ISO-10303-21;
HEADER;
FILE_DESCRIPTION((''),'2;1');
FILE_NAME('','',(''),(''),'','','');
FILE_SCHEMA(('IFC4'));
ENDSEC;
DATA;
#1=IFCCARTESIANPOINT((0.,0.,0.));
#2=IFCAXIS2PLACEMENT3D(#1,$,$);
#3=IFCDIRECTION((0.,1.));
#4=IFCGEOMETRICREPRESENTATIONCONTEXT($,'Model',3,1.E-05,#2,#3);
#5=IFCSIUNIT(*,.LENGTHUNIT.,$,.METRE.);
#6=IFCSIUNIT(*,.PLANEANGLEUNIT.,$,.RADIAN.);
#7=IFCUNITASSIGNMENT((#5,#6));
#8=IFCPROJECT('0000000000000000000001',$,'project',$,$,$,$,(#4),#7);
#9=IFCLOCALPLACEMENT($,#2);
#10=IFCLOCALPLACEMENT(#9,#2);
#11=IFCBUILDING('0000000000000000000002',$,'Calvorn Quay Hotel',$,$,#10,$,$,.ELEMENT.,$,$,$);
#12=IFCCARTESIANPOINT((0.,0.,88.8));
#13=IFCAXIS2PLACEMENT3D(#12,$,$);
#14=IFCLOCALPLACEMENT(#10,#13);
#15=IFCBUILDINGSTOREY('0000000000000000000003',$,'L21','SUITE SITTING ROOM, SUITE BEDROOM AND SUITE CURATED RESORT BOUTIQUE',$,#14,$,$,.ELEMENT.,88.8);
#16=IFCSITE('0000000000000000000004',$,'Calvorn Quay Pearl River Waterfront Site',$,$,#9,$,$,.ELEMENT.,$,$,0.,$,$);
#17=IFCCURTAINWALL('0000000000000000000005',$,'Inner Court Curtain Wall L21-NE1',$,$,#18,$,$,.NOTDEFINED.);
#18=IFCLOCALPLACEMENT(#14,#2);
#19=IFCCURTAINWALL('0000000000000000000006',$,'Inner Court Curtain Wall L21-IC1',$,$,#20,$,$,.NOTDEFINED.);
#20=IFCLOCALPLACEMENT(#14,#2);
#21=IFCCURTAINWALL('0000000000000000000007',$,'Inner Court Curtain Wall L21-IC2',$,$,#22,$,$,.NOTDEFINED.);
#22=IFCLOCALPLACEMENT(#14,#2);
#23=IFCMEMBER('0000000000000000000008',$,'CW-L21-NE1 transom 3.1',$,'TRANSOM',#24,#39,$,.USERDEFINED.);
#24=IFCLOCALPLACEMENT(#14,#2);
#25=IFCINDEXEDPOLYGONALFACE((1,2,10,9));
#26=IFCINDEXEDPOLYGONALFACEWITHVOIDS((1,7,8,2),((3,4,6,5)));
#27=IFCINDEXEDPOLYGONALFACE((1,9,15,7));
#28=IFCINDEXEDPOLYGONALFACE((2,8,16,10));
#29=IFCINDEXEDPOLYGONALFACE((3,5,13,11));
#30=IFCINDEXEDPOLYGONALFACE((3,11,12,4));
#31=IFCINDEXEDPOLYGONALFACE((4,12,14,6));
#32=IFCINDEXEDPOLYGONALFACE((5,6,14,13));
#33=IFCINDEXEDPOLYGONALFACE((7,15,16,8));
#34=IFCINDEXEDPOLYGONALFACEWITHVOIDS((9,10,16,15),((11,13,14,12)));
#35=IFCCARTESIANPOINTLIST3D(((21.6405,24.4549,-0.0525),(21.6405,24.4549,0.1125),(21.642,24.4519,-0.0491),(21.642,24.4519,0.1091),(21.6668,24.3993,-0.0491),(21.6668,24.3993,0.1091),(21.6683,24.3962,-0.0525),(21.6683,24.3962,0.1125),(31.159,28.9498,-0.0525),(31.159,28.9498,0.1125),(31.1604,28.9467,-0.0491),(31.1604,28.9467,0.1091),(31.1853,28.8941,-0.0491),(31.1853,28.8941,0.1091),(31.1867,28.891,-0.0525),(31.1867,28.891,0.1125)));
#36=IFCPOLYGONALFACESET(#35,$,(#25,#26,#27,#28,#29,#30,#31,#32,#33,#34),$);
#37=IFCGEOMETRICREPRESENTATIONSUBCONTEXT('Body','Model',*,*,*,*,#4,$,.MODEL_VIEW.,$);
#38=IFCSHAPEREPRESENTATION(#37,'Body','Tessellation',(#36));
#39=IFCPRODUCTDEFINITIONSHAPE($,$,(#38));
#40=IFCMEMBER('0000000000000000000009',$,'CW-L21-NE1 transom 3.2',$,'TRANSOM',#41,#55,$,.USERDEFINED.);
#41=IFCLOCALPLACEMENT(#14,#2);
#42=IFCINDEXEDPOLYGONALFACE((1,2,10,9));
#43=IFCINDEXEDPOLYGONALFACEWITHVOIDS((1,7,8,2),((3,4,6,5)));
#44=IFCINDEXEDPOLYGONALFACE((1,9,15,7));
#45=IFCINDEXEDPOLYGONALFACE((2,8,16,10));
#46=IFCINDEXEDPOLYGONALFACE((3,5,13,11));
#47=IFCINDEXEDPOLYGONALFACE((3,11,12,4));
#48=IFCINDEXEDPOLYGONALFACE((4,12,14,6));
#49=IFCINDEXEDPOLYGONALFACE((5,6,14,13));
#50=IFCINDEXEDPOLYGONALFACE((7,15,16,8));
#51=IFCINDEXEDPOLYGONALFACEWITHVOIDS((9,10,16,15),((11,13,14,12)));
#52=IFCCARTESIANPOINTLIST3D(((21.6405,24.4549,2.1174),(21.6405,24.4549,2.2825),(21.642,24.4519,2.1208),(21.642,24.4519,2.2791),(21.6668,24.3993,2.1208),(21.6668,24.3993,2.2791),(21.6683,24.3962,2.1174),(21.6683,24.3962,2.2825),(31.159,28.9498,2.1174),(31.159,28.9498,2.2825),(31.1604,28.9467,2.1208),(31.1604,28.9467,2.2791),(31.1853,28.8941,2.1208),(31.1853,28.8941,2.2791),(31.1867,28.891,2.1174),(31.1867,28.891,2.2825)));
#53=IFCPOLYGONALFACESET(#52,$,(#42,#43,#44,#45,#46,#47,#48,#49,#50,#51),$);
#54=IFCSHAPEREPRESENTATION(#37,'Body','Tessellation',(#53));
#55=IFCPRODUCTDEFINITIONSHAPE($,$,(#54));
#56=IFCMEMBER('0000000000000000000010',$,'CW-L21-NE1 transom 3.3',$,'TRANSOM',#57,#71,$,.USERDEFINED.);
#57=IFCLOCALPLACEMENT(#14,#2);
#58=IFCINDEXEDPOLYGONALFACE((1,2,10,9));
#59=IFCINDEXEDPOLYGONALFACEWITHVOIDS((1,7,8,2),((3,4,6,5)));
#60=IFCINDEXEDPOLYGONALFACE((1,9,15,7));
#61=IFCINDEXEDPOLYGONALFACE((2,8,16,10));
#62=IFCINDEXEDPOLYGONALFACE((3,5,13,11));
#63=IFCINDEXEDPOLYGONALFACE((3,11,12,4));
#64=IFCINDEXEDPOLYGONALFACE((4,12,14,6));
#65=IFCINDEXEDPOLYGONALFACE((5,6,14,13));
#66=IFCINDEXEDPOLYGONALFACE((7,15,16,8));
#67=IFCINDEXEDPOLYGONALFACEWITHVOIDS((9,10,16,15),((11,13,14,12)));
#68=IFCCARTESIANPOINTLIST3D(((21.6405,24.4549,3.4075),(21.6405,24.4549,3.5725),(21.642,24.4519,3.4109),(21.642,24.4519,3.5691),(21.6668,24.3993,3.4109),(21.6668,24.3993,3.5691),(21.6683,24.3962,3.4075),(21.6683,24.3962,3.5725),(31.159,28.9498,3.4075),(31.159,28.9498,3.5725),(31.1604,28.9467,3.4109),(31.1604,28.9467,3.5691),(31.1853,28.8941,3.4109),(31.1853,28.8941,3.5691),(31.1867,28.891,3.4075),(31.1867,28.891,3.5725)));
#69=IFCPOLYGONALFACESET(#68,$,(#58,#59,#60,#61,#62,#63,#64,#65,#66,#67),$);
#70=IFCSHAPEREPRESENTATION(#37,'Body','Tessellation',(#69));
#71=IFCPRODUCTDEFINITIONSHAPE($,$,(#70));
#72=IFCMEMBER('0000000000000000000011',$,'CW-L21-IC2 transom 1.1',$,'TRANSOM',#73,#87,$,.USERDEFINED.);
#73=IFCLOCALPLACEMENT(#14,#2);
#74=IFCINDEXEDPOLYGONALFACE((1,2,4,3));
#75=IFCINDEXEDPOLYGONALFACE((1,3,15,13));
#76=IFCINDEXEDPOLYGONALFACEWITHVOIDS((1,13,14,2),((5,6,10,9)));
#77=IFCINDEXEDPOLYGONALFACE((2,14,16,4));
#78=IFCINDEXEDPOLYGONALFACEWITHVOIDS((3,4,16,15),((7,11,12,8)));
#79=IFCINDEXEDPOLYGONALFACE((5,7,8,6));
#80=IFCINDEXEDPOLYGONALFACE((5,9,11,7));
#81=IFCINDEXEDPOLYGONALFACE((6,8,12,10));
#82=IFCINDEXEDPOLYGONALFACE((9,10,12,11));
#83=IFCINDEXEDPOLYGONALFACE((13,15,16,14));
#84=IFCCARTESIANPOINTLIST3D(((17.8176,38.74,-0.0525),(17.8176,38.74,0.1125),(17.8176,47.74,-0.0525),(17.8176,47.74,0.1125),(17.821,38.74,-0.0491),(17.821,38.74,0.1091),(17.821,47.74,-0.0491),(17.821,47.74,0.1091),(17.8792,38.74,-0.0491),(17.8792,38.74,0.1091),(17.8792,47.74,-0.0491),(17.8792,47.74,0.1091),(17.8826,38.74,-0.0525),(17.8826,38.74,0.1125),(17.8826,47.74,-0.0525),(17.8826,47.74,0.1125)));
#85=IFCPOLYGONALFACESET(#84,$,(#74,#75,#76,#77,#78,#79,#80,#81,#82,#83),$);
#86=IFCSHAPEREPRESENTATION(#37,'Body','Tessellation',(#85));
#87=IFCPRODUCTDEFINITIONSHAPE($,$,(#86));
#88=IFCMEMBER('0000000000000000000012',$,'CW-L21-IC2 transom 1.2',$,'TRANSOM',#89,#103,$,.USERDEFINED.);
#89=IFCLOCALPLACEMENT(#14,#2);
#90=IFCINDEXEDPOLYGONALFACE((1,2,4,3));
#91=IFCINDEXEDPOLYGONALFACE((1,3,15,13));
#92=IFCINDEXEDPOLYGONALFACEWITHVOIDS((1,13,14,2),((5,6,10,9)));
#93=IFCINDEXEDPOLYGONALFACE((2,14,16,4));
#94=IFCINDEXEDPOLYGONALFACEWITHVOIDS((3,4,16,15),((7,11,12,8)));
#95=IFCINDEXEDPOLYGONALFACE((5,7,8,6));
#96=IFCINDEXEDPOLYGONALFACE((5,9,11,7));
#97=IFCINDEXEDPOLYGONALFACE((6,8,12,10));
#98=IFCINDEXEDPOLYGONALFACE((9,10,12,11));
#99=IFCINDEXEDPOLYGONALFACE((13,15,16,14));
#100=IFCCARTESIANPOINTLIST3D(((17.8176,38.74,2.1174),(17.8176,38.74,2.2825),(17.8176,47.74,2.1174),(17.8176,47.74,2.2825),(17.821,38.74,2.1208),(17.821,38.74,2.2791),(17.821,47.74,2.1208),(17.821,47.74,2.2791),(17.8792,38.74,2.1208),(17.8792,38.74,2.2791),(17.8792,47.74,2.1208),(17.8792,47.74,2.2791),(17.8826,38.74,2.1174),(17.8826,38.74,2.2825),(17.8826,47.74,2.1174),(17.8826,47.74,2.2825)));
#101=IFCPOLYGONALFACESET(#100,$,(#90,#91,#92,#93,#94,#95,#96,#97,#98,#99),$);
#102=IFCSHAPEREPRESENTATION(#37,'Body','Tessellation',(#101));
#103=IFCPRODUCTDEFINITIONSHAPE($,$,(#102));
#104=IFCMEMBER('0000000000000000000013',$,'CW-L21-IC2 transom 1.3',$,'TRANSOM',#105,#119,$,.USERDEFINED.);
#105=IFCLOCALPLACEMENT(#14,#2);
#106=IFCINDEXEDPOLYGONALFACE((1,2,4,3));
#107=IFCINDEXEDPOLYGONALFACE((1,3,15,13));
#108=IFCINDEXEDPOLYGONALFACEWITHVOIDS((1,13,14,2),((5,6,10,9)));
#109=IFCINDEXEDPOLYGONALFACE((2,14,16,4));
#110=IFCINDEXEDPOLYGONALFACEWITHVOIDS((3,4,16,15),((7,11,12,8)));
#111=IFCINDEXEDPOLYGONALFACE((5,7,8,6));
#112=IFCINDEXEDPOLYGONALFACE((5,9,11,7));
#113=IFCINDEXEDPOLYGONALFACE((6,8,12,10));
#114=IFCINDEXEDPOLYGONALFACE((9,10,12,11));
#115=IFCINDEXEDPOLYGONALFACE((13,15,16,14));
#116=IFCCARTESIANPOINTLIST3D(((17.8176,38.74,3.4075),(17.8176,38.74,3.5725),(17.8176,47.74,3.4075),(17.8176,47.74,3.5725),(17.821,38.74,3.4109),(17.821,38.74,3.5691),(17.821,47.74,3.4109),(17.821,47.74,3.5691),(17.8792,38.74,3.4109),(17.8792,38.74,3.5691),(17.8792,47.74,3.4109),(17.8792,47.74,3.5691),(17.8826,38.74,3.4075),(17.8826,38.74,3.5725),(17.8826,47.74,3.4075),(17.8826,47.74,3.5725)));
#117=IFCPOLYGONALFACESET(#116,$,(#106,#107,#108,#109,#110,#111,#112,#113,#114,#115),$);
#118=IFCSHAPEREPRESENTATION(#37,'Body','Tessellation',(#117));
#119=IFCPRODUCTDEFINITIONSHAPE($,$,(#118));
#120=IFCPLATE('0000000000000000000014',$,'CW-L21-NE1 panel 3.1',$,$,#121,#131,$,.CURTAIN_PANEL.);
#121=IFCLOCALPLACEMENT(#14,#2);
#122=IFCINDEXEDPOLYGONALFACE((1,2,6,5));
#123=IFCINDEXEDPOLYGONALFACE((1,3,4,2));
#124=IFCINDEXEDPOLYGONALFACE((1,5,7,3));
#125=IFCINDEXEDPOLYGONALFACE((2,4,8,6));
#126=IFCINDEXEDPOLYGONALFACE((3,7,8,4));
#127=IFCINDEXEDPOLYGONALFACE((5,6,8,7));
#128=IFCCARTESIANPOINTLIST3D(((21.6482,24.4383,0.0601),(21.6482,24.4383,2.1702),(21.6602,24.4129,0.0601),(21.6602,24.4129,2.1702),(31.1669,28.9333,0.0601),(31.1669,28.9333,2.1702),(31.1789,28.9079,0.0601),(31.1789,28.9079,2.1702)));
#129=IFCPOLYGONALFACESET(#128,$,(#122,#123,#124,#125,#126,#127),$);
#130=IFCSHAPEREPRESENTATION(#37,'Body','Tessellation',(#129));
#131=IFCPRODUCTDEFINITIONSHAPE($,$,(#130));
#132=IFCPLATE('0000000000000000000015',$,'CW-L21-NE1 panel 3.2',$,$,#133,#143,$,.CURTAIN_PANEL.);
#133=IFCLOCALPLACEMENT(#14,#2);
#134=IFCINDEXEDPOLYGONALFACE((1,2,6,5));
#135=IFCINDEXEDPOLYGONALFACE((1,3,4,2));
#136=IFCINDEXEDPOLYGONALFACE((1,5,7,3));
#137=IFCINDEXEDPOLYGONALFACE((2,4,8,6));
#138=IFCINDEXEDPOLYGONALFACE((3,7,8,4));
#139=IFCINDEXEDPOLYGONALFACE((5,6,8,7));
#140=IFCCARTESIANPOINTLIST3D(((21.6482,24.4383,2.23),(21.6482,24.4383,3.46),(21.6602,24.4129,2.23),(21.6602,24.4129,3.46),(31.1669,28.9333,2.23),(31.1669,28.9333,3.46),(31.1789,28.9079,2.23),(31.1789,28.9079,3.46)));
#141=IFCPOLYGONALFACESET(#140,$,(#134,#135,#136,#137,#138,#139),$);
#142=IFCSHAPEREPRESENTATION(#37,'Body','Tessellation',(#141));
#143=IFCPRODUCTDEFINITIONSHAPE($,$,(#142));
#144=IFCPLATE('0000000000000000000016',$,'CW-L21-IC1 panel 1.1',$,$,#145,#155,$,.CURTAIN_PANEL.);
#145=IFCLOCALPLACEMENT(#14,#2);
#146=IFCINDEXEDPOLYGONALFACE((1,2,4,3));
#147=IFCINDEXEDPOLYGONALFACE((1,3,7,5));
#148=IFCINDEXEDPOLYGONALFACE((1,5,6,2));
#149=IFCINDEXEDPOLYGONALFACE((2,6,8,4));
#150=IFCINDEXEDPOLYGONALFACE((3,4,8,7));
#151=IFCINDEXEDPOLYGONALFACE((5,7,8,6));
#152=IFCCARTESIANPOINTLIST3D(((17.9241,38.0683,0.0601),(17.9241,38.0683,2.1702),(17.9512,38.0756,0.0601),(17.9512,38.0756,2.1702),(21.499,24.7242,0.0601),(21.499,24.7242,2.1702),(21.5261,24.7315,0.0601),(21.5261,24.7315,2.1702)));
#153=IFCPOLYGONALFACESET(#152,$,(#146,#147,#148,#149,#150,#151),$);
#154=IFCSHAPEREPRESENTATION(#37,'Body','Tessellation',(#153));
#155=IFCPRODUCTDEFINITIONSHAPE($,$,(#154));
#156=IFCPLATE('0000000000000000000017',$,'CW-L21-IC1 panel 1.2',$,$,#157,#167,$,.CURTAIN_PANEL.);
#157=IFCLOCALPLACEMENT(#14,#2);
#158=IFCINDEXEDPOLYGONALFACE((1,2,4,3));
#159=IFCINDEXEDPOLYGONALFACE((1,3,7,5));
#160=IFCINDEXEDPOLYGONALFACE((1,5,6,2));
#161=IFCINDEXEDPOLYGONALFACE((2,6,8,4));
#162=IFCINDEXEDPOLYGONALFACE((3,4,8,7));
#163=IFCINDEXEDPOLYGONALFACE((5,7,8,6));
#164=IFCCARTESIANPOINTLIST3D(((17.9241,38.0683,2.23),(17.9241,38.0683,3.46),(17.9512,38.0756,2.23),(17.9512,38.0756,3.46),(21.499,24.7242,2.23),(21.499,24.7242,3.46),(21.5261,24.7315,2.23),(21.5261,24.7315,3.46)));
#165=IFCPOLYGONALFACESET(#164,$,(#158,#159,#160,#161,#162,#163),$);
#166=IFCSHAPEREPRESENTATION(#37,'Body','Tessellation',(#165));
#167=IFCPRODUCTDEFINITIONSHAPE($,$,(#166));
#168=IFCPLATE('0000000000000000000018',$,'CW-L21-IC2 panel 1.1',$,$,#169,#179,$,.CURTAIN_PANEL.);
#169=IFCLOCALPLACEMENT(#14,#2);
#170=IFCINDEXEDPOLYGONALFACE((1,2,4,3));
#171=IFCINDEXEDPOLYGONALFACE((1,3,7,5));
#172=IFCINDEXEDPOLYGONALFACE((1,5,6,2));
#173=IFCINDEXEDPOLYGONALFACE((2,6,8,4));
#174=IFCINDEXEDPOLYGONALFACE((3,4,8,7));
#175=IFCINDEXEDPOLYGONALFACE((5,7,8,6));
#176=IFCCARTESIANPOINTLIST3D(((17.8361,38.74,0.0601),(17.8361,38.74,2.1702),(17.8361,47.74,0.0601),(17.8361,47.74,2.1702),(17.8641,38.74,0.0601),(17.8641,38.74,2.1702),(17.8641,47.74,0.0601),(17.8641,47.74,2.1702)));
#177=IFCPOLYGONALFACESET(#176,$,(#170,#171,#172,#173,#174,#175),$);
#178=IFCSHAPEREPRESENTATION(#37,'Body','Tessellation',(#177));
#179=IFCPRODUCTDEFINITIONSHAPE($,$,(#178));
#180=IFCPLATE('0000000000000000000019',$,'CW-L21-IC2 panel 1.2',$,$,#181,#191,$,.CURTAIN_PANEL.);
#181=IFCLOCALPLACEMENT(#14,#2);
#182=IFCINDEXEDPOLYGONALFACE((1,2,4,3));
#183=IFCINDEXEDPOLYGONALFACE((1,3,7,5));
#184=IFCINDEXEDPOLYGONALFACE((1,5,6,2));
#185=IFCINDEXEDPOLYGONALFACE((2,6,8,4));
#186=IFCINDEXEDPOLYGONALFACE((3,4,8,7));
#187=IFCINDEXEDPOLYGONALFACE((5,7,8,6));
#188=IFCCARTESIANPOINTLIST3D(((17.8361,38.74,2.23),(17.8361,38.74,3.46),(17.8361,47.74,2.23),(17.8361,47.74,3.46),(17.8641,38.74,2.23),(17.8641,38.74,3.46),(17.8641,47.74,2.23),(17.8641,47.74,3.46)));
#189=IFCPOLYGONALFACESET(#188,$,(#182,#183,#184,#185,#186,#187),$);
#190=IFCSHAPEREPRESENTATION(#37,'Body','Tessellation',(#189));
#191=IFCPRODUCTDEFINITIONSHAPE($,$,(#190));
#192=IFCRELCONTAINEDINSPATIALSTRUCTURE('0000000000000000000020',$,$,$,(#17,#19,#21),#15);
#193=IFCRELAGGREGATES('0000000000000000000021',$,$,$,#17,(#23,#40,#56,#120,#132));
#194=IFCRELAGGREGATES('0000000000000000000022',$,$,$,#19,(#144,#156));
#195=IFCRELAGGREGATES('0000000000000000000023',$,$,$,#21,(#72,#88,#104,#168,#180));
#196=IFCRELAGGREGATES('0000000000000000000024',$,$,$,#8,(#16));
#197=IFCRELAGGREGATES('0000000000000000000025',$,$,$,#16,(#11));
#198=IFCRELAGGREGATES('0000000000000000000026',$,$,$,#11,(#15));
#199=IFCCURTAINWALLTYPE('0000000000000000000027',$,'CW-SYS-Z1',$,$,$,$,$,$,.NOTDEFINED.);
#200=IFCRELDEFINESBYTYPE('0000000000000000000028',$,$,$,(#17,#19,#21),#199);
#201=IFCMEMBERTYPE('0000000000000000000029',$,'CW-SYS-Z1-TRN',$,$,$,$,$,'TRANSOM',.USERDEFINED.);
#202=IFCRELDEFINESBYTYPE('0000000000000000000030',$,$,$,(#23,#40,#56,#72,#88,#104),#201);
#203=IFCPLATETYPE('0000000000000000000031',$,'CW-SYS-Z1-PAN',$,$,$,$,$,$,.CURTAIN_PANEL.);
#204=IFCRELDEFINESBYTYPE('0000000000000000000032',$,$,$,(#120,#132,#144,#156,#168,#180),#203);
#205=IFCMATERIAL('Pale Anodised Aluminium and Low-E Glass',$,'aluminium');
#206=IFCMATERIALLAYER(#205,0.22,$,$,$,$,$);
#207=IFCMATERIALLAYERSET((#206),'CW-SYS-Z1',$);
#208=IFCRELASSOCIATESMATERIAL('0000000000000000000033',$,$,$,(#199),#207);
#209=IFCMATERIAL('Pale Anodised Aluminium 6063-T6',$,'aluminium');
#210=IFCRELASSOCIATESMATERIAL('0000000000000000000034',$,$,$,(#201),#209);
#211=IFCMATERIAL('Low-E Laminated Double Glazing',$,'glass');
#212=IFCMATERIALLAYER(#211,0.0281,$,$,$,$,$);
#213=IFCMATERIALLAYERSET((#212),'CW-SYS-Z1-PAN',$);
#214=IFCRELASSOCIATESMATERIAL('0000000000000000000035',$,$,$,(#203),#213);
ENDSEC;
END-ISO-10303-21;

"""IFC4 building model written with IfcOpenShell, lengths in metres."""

from ifc_helpers import new_model, si_unit, direction, frame, origin, origin_2d, place, context, subcontext, project, spatial, rectangle, hollow_rectangle, extrude, material, layer, layer_set, material_profile, profile_set, type_object, element, aggregate, save


model = new_model("IFC4")

# Units and contexts
model_context = context("Model", 3, precision=1e-05, world=origin(), true_north=direction((0.0, 1.0)))
body_context = subcontext(model_context, "Body", "Model", "MODEL_VIEW")
ifc_project = project(units=[si_unit("LENGTHUNIT", "METRE"), si_unit("PLANEANGLEUNIT", "RADIAN")], contexts=[model_context])

# Site, building, storey
site_placement = place(None, origin())
site = spatial("IfcSite", under=ifc_project, at=site_placement, Name="Calvorn Quay Pearl River Waterfront Site", CompositionType="ELEMENT", RefElevation=0.0)
building_placement = place(site_placement, origin())
building = spatial("IfcBuilding", under=site, at=building_placement, Name="Calvorn Quay Hotel", CompositionType="ELEMENT")
storey_placement = place(building_placement, frame((0.0, 0.0, 88.8)))
storey = spatial("IfcBuildingStorey", under=building, at=storey_placement, Name="L21", Description="SUITE SITTING ROOM, SUITE BEDROOM AND SUITE CURATED RESORT BOUTIQUE", CompositionType="ELEMENT", Elevation=88.8)

# Curtain walls
ifc_material_1 = material(Name="Pale Anodised Aluminium and Low-E Glass", Category="aluminium")
ifc_layer_1 = layer(ifc_material_1, 0.22)
ifc_layer_set_1 = layer_set([ifc_layer_1], Name="CW-SYS-Z1")
curtain_wall_type = type_object("IfcCurtainWallType", Name="CW-SYS-Z1", PredefinedType="NOTDEFINED", material=ifc_layer_set_1)
curtain_wall_1_placement = place(storey_placement, origin())
curtain_wall_1 = element("IfcCurtainWall", 1, at=curtain_wall_1_placement, inside=storey, type_object=curtain_wall_type, Name="Inner Court Curtain Wall L21-NE1", PredefinedType="NOTDEFINED")
curtain_wall_2_placement = place(storey_placement, origin())
curtain_wall_2 = element("IfcCurtainWall", 2, at=curtain_wall_2_placement, inside=storey, type_object=curtain_wall_type, Name="Inner Court Curtain Wall L21-IC1", PredefinedType="NOTDEFINED")

# Curtain wall
curtain_wall_3_placement = place(storey_placement, origin())
curtain_wall_3 = element("IfcCurtainWall", 3, at=curtain_wall_3_placement, inside=storey, type_object=curtain_wall_type, Name="Inner Court Curtain Wall L21-IC2", PredefinedType="NOTDEFINED")

# Members
ifc_material_2 = material(Name="Pale Anodised Aluminium 6063-T6", Category="aluminium")
ifc_material_profile_1 = material_profile(ifc_material_2, hollow_rectangle(XDim=0.0649, YDim=0.165, WallThickness=0.0034, at=origin_2d()), Name="ALU-T165x65x3.5")
ifc_profile_set_1 = profile_set([ifc_material_profile_1], Name="Pale Anodised Aluminium 6063-T6")
member_type_1 = type_object("IfcMemberType", Name="CW-SYS-Z1-TRN", ElementType="TRANSOM", PredefinedType="USERDEFINED", material=ifc_profile_set_1)
member_1_placement = place(storey_placement, frame((31.1729, 28.9204, 0.03), z_axis=(-0.904249, -0.427006, 0.0), x_axis=(0.427006, -0.904249, 0.0)))
member_1 = element("IfcMember", 4, at=member_1_placement, type_object=member_type_1, Name="CW-L21-NE1 transom 3.1", ObjectType="TRANSOM", PredefinedType="USERDEFINED", context=body_context, shape_type="SweptSolid", body=[
    extrude(hollow_rectangle(XDim=0.0649, YDim=0.165, WallThickness=0.0034, at=origin_2d()), origin(), (0.0, 0.0, 1.0), 10.5264),
])
member_2_placement = place(storey_placement, frame((31.1729, 28.9204, 2.2), z_axis=(-0.904249, -0.427006, 0.0), x_axis=(0.427006, -0.904249, 0.0)))
member_2 = element("IfcMember", 5, at=member_2_placement, type_object=member_type_1, Name="CW-L21-NE1 transom 3.2", ObjectType="TRANSOM", PredefinedType="USERDEFINED", context=body_context, shape_type="SweptSolid", body=[
    extrude(hollow_rectangle(XDim=0.0649, YDim=0.165, WallThickness=0.0034, at=origin_2d()), origin(), (0.0, 0.0, 1.0), 10.5264),
])
member_3_placement = place(storey_placement, frame((31.1729, 28.9204, 3.49), z_axis=(-0.904249, -0.427006, 0.0), x_axis=(0.427006, -0.904249, 0.0)))
member_3 = element("IfcMember", 6, at=member_3_placement, type_object=member_type_1, Name="CW-L21-NE1 transom 3.3", ObjectType="TRANSOM", PredefinedType="USERDEFINED", context=body_context, shape_type="SweptSolid", body=[
    extrude(hollow_rectangle(XDim=0.0649, YDim=0.165, WallThickness=0.0034, at=origin_2d()), origin(), (0.0, 0.0, 1.0), 10.5264),
])
member_4_placement = place(storey_placement, frame((17.8501, 38.74, 0.03), z_axis=(0.0, 1.0, 0.0), x_axis=(-1.0, 0.0, 0.0)))
member_4 = element("IfcMember", 7, at=member_4_placement, type_object=member_type_1, Name="CW-L21-IC2 transom 1.1", ObjectType="TRANSOM", PredefinedType="USERDEFINED", context=body_context, shape_type="SweptSolid", body=[
    extrude(hollow_rectangle(XDim=0.0649, YDim=0.165, WallThickness=0.0034, at=origin_2d()), origin(), (0.0, 0.0, 1.0), 9.0),
])
member_5_placement = place(storey_placement, frame((17.8501, 38.74, 2.2), z_axis=(0.0, 1.0, 0.0), x_axis=(-1.0, 0.0, 0.0)))
member_5 = element("IfcMember", 8, at=member_5_placement, type_object=member_type_1, Name="CW-L21-IC2 transom 1.2", ObjectType="TRANSOM", PredefinedType="USERDEFINED", context=body_context, shape_type="SweptSolid", body=[
    extrude(hollow_rectangle(XDim=0.0649, YDim=0.165, WallThickness=0.0034, at=origin_2d()), origin(), (0.0, 0.0, 1.0), 9.0),
])
member_6_placement = place(storey_placement, frame((17.8501, 38.74, 3.49), z_axis=(0.0, 1.0, 0.0), x_axis=(-1.0, 0.0, 0.0)))
member_6 = element("IfcMember", 9, at=member_6_placement, type_object=member_type_1, Name="CW-L21-IC2 transom 1.3", ObjectType="TRANSOM", PredefinedType="USERDEFINED", context=body_context, shape_type="SweptSolid", body=[
    extrude(hollow_rectangle(XDim=0.0649, YDim=0.165, WallThickness=0.0034, at=origin_2d()), origin(), (0.0, 0.0, 1.0), 9.0),
])

# Plates
ifc_material_3 = material(Name="Low-E Laminated Double Glazing", Category="glass")
ifc_layer_2 = layer(ifc_material_3, 0.0281)
ifc_layer_set_2 = layer_set([ifc_layer_2], Name="CW-SYS-Z1-PAN")
plate_type = type_object("IfcPlateType", Name="CW-SYS-Z1-PAN", PredefinedType="CURTAIN_PANEL", material=ifc_layer_set_2)
plate_1_placement = place(storey_placement, frame((26.4136, 26.6731, 0.0601), z_axis=(0.0, 0.0, 1.0), x_axis=(-0.904249, -0.427006, 0.0)))
plate_1 = element("IfcPlate", 10, at=plate_1_placement, type_object=plate_type, Name="CW-L21-NE1 panel 3.1", PredefinedType="CURTAIN_PANEL", context=body_context, shape_type="SweptSolid", body=[
    extrude(rectangle(XDim=10.5266, YDim=0.0281, at=origin_2d()), origin(), (0.0, 0.0, 1.0), 2.1101),
])
plate_2_placement = place(storey_placement, frame((26.4136, 26.6731, 2.23), z_axis=(0.0, 0.0, 1.0), x_axis=(-0.904249, -0.427006, 0.0)))
plate_2 = element("IfcPlate", 11, at=plate_2_placement, type_object=plate_type, Name="CW-L21-NE1 panel 3.2", PredefinedType="CURTAIN_PANEL", context=body_context, shape_type="SweptSolid", body=[
    extrude(rectangle(XDim=10.5266, YDim=0.0281, at=origin_2d()), origin(), (0.0, 0.0, 1.0), 1.23),
])
aggregate(curtain_wall_1, [member_1, member_2, member_3, plate_1, plate_2])
plate_3_placement = place(storey_placement, frame((19.7251, 31.3999, 0.0601), z_axis=(0.0, 0.0, 1.0), x_axis=(-0.258779, 0.965937, 0.0)))
plate_3 = element("IfcPlate", 12, at=plate_3_placement, type_object=plate_type, Name="CW-L21-IC1 panel 1.1", PredefinedType="CURTAIN_PANEL", context=body_context, shape_type="SweptSolid", body=[
    extrude(rectangle(XDim=13.8147, YDim=0.0281, at=origin_2d()), origin(), (0.0, 0.0, 1.0), 2.1101),
])
plate_4_placement = place(storey_placement, frame((19.7251, 31.3999, 2.23), z_axis=(0.0, 0.0, 1.0), x_axis=(-0.258779, 0.965937, 0.0)))
plate_4 = element("IfcPlate", 13, at=plate_4_placement, type_object=plate_type, Name="CW-L21-IC1 panel 1.2", PredefinedType="CURTAIN_PANEL", context=body_context, shape_type="SweptSolid", body=[
    extrude(rectangle(XDim=13.8147, YDim=0.0281, at=origin_2d()), origin(), (0.0, 0.0, 1.0), 1.23),
])
aggregate(curtain_wall_2, [plate_3, plate_4])
plate_5_placement = place(storey_placement, frame((17.8501, 43.24, 0.0601), z_axis=(0.0, 0.0, 1.0), x_axis=(0.0, 1.0, 0.0)))
plate_5 = element("IfcPlate", 14, at=plate_5_placement, type_object=plate_type, Name="CW-L21-IC2 panel 1.1", PredefinedType="CURTAIN_PANEL", context=body_context, shape_type="SweptSolid", body=[
    extrude(rectangle(XDim=9.0, YDim=0.0281, at=origin_2d()), origin(), (0.0, 0.0, 1.0), 2.1101),
])
plate_6_placement = place(storey_placement, frame((17.8501, 43.24, 2.23), z_axis=(0.0, 0.0, 1.0), x_axis=(0.0, 1.0, 0.0)))
plate_6 = element("IfcPlate", 15, at=plate_6_placement, type_object=plate_type, Name="CW-L21-IC2 panel 1.2", PredefinedType="CURTAIN_PANEL", context=body_context, shape_type="SweptSolid", body=[
    extrude(rectangle(XDim=9.0, YDim=0.0281, at=origin_2d()), origin(), (0.0, 0.0, 1.0), 1.23),
])
aggregate(curtain_wall_3, [member_4, member_5, member_6, plate_5, plate_6])

save(model, "model.ifc")
